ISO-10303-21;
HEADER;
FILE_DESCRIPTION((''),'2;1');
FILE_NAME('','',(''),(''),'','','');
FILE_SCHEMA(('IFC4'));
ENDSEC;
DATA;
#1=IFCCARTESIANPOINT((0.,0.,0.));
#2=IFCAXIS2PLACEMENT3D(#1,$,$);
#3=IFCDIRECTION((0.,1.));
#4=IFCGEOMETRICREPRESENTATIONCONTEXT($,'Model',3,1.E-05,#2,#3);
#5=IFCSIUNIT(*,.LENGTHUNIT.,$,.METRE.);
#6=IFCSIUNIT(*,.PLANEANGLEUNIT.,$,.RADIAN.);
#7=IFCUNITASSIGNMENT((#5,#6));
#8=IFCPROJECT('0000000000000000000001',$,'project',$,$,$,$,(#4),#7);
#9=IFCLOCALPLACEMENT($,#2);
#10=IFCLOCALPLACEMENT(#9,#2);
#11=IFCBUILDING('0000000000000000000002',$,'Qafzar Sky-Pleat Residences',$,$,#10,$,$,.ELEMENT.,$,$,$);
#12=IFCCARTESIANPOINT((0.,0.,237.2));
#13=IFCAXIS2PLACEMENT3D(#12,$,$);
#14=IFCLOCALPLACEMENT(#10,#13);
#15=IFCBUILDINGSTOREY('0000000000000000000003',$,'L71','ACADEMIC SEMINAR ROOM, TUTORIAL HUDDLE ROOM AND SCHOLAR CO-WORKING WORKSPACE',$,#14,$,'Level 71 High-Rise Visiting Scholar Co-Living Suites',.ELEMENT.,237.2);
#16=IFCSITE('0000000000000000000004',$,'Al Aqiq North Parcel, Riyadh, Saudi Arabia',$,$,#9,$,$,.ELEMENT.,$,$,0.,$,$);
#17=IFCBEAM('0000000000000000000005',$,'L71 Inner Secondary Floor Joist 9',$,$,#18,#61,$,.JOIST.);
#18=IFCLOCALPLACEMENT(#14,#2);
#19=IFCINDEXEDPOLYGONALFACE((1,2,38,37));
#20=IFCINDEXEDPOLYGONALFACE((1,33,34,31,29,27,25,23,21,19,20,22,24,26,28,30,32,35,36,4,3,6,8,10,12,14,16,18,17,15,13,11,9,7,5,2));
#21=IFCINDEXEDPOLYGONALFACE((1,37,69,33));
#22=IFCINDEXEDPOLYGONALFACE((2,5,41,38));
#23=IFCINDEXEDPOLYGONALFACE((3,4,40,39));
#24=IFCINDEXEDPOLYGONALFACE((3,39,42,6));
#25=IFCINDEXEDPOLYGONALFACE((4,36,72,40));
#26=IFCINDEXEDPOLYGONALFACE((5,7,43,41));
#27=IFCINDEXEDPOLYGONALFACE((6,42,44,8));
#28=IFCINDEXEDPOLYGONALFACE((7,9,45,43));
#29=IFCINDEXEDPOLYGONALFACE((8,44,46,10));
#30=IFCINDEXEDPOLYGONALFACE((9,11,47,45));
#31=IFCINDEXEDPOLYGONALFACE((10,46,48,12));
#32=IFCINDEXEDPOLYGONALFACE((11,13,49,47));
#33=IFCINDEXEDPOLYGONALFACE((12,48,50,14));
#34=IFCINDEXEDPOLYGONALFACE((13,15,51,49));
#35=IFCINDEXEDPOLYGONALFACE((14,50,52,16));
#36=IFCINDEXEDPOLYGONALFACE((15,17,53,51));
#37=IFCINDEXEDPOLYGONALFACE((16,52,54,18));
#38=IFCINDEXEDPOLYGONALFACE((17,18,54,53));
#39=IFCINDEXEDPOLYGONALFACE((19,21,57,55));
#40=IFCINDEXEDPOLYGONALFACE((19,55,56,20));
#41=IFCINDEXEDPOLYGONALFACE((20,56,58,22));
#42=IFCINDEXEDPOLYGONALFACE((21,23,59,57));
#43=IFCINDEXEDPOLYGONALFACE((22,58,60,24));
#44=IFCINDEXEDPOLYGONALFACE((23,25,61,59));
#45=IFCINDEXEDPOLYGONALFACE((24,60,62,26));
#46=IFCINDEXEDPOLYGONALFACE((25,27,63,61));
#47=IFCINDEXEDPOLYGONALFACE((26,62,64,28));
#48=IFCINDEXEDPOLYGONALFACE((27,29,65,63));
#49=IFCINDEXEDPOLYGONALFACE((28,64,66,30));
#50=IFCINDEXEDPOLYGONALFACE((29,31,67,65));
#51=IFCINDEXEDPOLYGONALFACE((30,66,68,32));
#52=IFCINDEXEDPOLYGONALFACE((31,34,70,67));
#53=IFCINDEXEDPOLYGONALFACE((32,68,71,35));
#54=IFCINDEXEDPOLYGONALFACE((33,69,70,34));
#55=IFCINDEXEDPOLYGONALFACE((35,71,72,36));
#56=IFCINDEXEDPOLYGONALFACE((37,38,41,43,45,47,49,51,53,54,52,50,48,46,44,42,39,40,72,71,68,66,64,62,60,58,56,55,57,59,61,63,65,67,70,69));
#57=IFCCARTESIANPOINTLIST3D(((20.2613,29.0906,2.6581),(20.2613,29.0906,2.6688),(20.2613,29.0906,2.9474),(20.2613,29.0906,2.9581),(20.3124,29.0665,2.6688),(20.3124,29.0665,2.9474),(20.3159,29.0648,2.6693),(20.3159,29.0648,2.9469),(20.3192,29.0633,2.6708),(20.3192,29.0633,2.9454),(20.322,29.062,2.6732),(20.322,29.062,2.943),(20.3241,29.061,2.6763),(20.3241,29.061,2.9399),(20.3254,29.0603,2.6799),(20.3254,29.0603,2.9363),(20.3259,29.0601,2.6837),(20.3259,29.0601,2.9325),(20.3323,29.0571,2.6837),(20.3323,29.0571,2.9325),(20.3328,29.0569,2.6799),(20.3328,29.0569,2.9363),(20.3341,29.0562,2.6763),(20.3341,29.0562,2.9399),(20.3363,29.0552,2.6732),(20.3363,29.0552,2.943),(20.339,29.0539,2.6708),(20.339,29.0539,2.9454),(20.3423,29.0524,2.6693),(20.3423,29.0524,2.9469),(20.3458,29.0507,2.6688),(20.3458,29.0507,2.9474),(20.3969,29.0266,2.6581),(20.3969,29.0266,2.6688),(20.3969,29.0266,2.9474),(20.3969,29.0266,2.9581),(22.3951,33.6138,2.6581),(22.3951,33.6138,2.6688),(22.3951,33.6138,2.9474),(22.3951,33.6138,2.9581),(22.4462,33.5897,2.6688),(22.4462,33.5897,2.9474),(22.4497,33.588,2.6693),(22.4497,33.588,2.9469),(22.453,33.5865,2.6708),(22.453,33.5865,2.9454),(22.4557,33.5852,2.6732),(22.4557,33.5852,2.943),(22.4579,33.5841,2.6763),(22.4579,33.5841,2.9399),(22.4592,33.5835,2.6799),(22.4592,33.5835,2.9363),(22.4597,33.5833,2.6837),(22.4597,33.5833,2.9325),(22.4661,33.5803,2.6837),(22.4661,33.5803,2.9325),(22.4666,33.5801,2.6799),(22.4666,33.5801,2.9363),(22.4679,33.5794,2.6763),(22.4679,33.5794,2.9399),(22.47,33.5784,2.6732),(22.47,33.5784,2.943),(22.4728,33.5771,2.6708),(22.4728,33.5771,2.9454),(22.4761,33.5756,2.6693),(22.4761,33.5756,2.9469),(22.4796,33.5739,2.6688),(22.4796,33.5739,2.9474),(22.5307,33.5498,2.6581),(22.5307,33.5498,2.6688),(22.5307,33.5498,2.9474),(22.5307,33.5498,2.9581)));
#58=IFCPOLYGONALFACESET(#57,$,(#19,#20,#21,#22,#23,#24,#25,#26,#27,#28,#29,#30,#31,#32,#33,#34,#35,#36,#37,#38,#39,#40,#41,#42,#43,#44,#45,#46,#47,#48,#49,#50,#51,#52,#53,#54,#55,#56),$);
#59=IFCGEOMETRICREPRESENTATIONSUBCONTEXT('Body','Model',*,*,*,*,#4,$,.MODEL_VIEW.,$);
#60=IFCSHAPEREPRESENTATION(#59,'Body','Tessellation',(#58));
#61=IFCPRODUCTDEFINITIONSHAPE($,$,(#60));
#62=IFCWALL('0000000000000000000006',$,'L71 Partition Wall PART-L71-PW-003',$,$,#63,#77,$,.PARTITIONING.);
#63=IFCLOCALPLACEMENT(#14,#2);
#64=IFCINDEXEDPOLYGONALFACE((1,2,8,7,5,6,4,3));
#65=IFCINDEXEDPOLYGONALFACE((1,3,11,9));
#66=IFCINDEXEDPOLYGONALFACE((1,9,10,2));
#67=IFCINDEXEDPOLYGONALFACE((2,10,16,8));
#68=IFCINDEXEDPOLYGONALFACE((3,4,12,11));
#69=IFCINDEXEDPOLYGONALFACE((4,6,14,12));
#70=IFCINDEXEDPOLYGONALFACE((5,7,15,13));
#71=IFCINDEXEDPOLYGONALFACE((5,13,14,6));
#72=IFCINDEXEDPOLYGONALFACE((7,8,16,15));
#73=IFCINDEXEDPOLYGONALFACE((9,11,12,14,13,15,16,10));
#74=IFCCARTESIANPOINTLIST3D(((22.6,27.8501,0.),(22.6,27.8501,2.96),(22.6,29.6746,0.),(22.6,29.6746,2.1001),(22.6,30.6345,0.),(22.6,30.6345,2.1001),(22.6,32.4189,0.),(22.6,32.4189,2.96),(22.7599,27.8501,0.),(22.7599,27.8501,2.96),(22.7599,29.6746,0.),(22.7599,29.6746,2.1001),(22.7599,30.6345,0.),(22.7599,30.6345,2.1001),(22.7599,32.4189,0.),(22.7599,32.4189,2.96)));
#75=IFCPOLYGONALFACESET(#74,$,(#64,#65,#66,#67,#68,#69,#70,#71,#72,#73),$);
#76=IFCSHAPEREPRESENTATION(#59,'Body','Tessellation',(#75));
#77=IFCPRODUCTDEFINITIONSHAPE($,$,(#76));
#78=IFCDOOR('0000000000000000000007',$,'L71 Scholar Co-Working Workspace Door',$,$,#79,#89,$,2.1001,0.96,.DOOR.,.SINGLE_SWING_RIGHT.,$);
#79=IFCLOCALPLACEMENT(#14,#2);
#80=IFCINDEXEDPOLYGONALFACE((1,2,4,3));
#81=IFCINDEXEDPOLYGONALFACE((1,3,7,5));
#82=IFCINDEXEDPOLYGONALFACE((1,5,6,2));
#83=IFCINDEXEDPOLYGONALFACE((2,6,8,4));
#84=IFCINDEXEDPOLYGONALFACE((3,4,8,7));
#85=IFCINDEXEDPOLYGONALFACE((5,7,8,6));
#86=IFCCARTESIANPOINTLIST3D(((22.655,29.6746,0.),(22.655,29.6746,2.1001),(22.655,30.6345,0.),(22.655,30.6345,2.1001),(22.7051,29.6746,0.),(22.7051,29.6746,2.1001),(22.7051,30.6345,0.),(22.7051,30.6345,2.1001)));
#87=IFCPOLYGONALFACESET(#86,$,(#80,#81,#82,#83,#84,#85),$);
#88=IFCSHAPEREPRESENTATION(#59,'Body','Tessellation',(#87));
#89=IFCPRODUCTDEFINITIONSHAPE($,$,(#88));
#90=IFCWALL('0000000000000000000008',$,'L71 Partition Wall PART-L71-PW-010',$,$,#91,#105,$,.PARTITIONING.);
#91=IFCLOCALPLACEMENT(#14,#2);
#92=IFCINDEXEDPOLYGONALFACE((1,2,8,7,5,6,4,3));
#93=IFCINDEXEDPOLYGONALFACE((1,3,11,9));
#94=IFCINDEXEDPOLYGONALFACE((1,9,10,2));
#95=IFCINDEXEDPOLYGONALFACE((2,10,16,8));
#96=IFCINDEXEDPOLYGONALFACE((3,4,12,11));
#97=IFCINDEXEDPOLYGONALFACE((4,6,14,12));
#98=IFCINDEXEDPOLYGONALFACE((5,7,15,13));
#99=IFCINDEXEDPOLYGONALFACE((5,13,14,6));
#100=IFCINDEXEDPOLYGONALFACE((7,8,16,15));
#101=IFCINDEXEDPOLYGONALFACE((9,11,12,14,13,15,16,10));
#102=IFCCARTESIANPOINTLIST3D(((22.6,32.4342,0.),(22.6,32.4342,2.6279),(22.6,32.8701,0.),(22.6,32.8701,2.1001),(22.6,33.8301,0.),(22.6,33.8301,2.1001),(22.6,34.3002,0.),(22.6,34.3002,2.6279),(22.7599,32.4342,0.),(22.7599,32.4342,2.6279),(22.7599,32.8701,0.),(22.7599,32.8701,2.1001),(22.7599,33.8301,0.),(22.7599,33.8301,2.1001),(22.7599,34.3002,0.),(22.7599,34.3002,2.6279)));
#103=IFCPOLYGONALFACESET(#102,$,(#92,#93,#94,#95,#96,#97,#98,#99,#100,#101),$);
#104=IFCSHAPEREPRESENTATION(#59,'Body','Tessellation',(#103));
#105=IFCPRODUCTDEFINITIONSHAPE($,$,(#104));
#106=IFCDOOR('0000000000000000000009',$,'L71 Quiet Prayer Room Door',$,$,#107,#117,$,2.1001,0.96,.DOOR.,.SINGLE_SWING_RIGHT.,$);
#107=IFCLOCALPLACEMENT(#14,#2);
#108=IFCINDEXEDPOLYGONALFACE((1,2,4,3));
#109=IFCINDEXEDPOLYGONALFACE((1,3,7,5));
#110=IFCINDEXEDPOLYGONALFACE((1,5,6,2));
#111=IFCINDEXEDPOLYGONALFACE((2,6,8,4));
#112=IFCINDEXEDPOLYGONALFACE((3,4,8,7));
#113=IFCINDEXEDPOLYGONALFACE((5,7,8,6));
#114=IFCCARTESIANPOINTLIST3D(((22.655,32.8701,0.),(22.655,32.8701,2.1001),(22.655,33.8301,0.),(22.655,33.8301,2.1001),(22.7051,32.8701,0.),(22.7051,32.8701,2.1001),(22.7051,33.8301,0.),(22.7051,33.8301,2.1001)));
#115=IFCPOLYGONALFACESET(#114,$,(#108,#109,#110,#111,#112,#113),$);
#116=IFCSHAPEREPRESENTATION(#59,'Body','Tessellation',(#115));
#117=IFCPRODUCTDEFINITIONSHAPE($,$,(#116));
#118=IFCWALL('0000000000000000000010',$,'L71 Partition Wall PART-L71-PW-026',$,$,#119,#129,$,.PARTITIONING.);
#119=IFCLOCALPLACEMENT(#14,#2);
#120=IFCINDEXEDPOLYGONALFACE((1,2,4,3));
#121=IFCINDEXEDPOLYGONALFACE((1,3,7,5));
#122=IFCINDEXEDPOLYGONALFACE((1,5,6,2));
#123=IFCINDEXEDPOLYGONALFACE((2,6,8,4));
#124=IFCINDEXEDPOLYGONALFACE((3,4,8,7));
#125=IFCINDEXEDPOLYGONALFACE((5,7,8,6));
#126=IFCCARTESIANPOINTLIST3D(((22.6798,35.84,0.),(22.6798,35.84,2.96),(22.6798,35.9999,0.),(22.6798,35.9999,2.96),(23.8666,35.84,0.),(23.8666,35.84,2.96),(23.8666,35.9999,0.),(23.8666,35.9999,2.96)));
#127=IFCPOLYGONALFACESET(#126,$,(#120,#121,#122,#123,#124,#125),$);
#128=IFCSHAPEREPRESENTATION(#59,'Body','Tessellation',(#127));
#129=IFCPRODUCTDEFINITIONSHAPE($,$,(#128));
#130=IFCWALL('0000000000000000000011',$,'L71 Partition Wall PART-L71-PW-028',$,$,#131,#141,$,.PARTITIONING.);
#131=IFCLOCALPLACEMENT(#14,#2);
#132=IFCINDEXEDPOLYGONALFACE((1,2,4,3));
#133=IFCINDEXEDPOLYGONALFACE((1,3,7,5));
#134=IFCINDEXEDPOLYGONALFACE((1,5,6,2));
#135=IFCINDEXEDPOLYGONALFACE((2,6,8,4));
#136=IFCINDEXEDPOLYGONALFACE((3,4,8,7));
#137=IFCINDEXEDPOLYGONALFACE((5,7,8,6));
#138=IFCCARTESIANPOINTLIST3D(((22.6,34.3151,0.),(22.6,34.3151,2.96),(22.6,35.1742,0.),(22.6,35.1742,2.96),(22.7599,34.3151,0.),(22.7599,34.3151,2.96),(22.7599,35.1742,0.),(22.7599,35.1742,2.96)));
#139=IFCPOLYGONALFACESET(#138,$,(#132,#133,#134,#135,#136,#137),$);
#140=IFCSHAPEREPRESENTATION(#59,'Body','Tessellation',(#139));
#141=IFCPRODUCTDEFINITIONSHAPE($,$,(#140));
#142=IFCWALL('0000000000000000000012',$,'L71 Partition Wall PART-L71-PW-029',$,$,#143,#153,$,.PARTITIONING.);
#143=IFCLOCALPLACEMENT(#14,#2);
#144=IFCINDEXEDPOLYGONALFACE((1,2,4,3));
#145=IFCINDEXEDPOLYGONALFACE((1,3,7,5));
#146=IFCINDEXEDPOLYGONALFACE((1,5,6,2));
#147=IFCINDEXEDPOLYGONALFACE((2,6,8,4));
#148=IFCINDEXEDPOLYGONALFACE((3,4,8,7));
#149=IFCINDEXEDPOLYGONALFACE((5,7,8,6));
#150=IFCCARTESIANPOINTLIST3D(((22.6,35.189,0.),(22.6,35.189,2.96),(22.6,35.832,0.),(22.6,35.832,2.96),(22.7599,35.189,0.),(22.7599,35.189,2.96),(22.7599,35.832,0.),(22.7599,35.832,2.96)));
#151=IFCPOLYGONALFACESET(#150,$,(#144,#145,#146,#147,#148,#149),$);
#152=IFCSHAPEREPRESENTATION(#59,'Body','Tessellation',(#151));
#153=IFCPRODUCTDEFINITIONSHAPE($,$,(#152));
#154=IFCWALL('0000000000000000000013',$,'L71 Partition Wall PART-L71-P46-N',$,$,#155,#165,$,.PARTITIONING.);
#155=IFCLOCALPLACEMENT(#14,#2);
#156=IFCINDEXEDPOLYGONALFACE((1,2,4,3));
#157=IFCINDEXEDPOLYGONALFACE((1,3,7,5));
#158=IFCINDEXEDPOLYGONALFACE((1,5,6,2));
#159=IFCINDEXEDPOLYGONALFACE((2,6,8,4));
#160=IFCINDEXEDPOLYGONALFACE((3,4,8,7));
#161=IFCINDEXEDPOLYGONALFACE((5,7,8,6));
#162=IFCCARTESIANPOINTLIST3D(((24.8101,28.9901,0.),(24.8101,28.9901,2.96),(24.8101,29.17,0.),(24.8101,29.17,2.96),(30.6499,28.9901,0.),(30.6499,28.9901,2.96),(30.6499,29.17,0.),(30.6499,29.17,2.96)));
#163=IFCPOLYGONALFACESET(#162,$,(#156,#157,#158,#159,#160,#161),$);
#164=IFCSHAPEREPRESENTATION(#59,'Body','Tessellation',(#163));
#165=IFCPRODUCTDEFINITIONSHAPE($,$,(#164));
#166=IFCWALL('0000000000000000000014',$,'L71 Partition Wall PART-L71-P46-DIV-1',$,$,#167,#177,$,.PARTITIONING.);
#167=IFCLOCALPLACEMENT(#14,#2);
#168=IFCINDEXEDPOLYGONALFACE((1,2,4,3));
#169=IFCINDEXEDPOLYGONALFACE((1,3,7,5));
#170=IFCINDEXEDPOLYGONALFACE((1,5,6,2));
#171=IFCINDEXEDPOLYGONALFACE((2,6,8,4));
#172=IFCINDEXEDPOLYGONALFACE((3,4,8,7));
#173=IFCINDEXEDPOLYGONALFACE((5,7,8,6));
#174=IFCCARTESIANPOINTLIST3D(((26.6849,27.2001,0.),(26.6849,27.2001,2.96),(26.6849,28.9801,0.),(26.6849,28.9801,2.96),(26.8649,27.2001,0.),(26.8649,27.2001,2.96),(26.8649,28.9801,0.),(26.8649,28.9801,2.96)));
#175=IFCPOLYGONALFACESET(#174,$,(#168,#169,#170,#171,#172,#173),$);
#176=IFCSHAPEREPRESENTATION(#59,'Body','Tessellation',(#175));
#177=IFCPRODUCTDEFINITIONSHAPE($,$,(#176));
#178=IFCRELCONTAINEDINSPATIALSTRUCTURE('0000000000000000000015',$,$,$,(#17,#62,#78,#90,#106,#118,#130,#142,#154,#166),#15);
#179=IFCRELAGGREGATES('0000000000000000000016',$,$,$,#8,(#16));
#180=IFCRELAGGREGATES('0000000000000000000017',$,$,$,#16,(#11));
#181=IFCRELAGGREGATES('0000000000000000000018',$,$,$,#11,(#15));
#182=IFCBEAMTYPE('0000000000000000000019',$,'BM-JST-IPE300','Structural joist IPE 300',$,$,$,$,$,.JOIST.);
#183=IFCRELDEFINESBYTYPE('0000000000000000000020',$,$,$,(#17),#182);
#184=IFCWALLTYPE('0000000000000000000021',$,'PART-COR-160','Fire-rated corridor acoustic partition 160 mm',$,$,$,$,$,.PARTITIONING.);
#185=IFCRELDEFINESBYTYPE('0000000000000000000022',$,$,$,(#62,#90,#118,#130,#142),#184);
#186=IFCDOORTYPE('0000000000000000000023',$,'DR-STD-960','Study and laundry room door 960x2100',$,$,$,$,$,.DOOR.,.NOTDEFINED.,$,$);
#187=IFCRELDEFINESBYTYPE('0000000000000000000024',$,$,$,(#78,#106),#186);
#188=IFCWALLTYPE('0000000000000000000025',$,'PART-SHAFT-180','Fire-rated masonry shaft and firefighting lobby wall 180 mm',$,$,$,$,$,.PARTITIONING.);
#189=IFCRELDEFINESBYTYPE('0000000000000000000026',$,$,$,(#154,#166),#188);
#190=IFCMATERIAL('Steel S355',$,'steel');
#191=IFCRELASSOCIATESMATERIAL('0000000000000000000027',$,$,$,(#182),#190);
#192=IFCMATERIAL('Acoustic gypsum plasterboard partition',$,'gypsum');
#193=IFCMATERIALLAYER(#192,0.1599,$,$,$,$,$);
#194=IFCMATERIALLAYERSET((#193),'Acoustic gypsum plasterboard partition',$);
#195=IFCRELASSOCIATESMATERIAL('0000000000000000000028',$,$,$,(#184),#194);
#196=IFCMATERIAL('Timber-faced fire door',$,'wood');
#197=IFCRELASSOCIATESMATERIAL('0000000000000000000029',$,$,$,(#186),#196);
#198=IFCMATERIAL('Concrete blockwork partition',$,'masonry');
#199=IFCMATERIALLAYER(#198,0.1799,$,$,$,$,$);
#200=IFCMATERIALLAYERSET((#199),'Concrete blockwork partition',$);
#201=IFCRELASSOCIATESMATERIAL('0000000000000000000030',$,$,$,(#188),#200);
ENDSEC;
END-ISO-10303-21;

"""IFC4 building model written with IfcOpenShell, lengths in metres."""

from ifc_helpers import new_model, si_unit, direction, frame, frame_2d, origin, origin_2d, place, context, subcontext, project, spatial, rectangle, i_section, extrude, source, transform, mapped, material, layer, layer_set, material_profile, profile_set, type_object, element, fill, save


model = new_model("IFC4")

# Units and contexts
model_context = context("Model", 3, precision=1e-05, world=origin(), true_north=direction((0.0, 1.0)))
body_context = subcontext(model_context, "Body", "Model", "MODEL_VIEW")
ifc_project = project(units=[si_unit("LENGTHUNIT", "METRE"), si_unit("PLANEANGLEUNIT", "RADIAN")], contexts=[model_context])

# Site, building, storey
site_placement = place(None, origin())
site = spatial("IfcSite", under=ifc_project, at=site_placement, Name="Al Aqiq North Parcel, Riyadh, Saudi Arabia", CompositionType="ELEMENT", RefElevation=0.0)
building_placement = place(site_placement, origin())
building = spatial("IfcBuilding", under=site, at=building_placement, Name="Qafzar Sky-Pleat Residences", CompositionType="ELEMENT")
storey_placement = place(building_placement, frame((0.0, 0.0, 237.2)))
storey = spatial("IfcBuildingStorey", under=building, at=storey_placement, Name="L71", Description="ACADEMIC SEMINAR ROOM, TUTORIAL HUDDLE ROOM AND SCHOLAR CO-WORKING WORKSPACE", LongName="Level 71 High-Rise Visiting Scholar Co-Living Suites", CompositionType="ELEMENT", Elevation=237.2)

# Beam
ifc_material_1 = material(Name="Steel S355", Category="steel")
ifc_material_profile = material_profile(ifc_material_1, i_section(OverallWidth=0.1499, OverallDepth=0.3, WebThickness=0.0071, FlangeThickness=0.0107, FilletRadius=0.0149, at=origin_2d()), Name="IPE 300")
ifc_profile_set = profile_set([ifc_material_profile], Name="Steel S355")
beam_type = type_object("IfcBeamType", Name="BM-JST-IPE300", Description="Structural joist IPE 300", PredefinedType="JOIST", material=ifc_profile_set)
shared_shape_1 = source(origin(), body_context, "Body", "SweptSolid", [
    extrude(i_section(OverallWidth=0.1499, OverallDepth=0.3, WebThickness=0.0071, FlangeThickness=0.0107, FilletRadius=0.0149, at=origin_2d()), origin(), (0.0, 0.0, 1.0), 5.0012),
])
beam_placement = place(storey_placement, frame((22.4629, 33.5818, 2.8081), z_axis=(-0.426653, -0.904416, 0.0), x_axis=(0.904416, -0.426653, 0.0)))
element("IfcBeam", 1, at=beam_placement, inside=storey, type_object=beam_type, Name="L71 Inner Secondary Floor Joist 9", PredefinedType="JOIST", context=body_context, shape_type="MappedRepresentation", body=[
    mapped(shared_shape_1, transform((0.0, 0.0, 0.0), x_axis=(1.0, 0.0, 0.0), y_axis=(0.0, 1.0, 0.0), z_axis=(0.0, 0.0, 1.0), scale=1.0)),
])

# Walls, openings, doors
ifc_material_2 = material(Name="Acoustic gypsum plasterboard partition", Category="gypsum")
ifc_layer_1 = layer(ifc_material_2, 0.1599)
ifc_layer_set_1 = layer_set([ifc_layer_1], Name="Acoustic gypsum plasterboard partition")
wall_type_1 = type_object("IfcWallType", Name="PART-COR-160", Description="Fire-rated corridor acoustic partition 160 mm", PredefinedType="PARTITIONING", material=ifc_layer_set_1)
wall_1_placement = place(storey_placement, frame((22.6799, 27.8501, 0.0), z_axis=(0.0, 0.0, 1.0), x_axis=(0.0, 1.0, 0.0)))
wall_1 = element("IfcWall", 2, at=wall_1_placement, inside=storey, type_object=wall_type_1, Name="L71 Partition Wall PART-L71-PW-003", PredefinedType="PARTITIONING", context=body_context, shape_type="SweptSolid", body=[
    extrude(rectangle(XDim=4.5688, YDim=0.1599, at=frame_2d((2.2844, 0.0))), origin(), (0.0, 0.0, 1.0), 2.96),
])
opening_1_placement = place(wall_1_placement, frame((1.8245, 0.0, 0.0)))
opening_1 = element("IfcOpeningElement", 3, at=opening_1_placement, cuts=wall_1, PredefinedType="OPENING", context=body_context, shape_type="SweptSolid", body=[
    extrude(rectangle(XDim=0.96, YDim=2.1001, at=frame_2d((0.48, 1.05))), frame((0.0, 0.0898, 0.0), z_axis=(0.0, -1.0, 0.0), x_axis=(1.0, 0.0, 0.0)), (0.0, 0.0, 1.0), 0.1799),
])
ifc_material_3 = material(Name="Timber-faced fire door", Category="wood")
door_type_1 = type_object("IfcDoorType", Name="DR-STD-960", Description="Study and laundry room door 960x2100", OperationType="NOTDEFINED", PredefinedType="DOOR", material=ifc_material_3)
shared_shape_2 = source(origin(), body_context, "Body", "SweptSolid", [
    extrude(rectangle(XDim=0.96, YDim=2.1001, at=frame_2d((0.48, 1.05))), frame((0.0, 0.0249, 0.0), z_axis=(0.0, -1.0, 0.0), x_axis=(1.0, 0.0, 0.0)), (0.0, 0.0, 1.0), 0.05),
])
door_1_placement = place(opening_1_placement, origin())
door_1 = element("IfcDoor", 4, at=door_1_placement, inside=storey, type_object=door_type_1, Name="L71 Scholar Co-Working Workspace Door", OperationType="SINGLE_SWING_RIGHT", OverallHeight=2.1001, OverallWidth=0.96, PredefinedType="DOOR", context=body_context, shape_type="MappedRepresentation", body=[
    mapped(shared_shape_2, transform((0.0, 0.0, 0.0), x_axis=(1.0, 0.0, 0.0), y_axis=(0.0, 1.0, 0.0), z_axis=(0.0, 0.0, 1.0), scale=1.0)),
])
fill(opening_1, door_1)
wall_2_placement = place(storey_placement, frame((22.6799, 32.4341, 0.0), z_axis=(0.0, 0.0, 1.0), x_axis=(0.0, 1.0, 0.0)))
wall_2 = element("IfcWall", 5, at=wall_2_placement, inside=storey, type_object=wall_type_1, Name="L71 Partition Wall PART-L71-PW-010", PredefinedType="PARTITIONING", context=body_context, shape_type="SweptSolid", body=[
    extrude(rectangle(XDim=1.866, YDim=0.1599, at=frame_2d((0.9331, 0.0))), origin(), (0.0, 0.0, 1.0), 2.6279),
])
opening_2_placement = place(wall_2_placement, frame((0.436, 0.0, 0.0)))
opening_2 = element("IfcOpeningElement", 6, at=opening_2_placement, cuts=wall_2, PredefinedType="OPENING", context=body_context, shape_type="SweptSolid", body=[
    extrude(rectangle(XDim=0.96, YDim=2.1001, at=frame_2d((0.48, 1.05))), frame((0.0, 0.0898, 0.0), z_axis=(0.0, -1.0, 0.0), x_axis=(1.0, 0.0, 0.0)), (0.0, 0.0, 1.0), 0.1799),
])
door_2_placement = place(opening_2_placement, origin())
door_2 = element("IfcDoor", 7, at=door_2_placement, inside=storey, type_object=door_type_1, Name="L71 Quiet Prayer Room Door", OperationType="SINGLE_SWING_RIGHT", OverallHeight=2.1001, OverallWidth=0.96, PredefinedType="DOOR", context=body_context, shape_type="MappedRepresentation", body=[
    mapped(shared_shape_2, transform((0.0, 0.0, 0.0), x_axis=(1.0, 0.0, 0.0), y_axis=(0.0, 1.0, 0.0), z_axis=(0.0, 0.0, 1.0), scale=1.0)),
])
fill(opening_2, door_2)

# Walls
wall_3_placement = place(storey_placement, frame((22.6799, 35.9199, 0.0), z_axis=(0.0, 0.0, 1.0), x_axis=(1.0, 0.0, 0.0)))
element("IfcWall", 8, at=wall_3_placement, inside=storey, type_object=wall_type_1, Name="L71 Partition Wall PART-L71-PW-026", PredefinedType="PARTITIONING", context=body_context, shape_type="SweptSolid", body=[
    extrude(rectangle(XDim=1.1868, YDim=0.1599, at=frame_2d((0.5933, 0.0))), origin(), (0.0, 0.0, 1.0), 2.96),
])
wall_4_placement = place(storey_placement, frame((22.6799, 34.3149, 0.0), z_axis=(0.0, 0.0, 1.0), x_axis=(0.0, 1.0, 0.0)))
element("IfcWall", 9, at=wall_4_placement, inside=storey, type_object=wall_type_1, Name="L71 Partition Wall PART-L71-PW-028", PredefinedType="PARTITIONING", context=body_context, shape_type="SweptSolid", body=[
    extrude(rectangle(XDim=0.8591, YDim=0.1599, at=frame_2d((0.4297, 0.0))), origin(), (0.0, 0.0, 1.0), 2.96),
])
wall_5_placement = place(storey_placement, frame((22.6799, 35.189, 0.0), z_axis=(0.0, 0.0, 1.0), x_axis=(0.0, 1.0, 0.0)))
element("IfcWall", 10, at=wall_5_placement, inside=storey, type_object=wall_type_1, Name="L71 Partition Wall PART-L71-PW-029", PredefinedType="PARTITIONING", context=body_context, shape_type="SweptSolid", body=[
    extrude(rectangle(XDim=0.6431, YDim=0.1599, at=frame_2d((0.3215, 0.0))), origin(), (0.0, 0.0, 1.0), 2.96),
])
ifc_material_4 = material(Name="Concrete blockwork partition", Category="masonry")
ifc_layer_2 = layer(ifc_material_4, 0.1799)
ifc_layer_set_2 = layer_set([ifc_layer_2], Name="Concrete blockwork partition")
wall_type_2 = type_object("IfcWallType", Name="PART-SHAFT-180", Description="Fire-rated masonry shaft and firefighting lobby wall 180 mm", PredefinedType="PARTITIONING", material=ifc_layer_set_2)
wall_6_placement = place(storey_placement, frame((24.8101, 29.0801, 0.0), z_axis=(0.0, 0.0, 1.0), x_axis=(1.0, 0.0, 0.0)))
element("IfcWall", 11, at=wall_6_placement, inside=storey, type_object=wall_type_2, Name="L71 Partition Wall PART-L71-P46-N", PredefinedType="PARTITIONING", context=body_context, shape_type="SweptSolid", body=[
    extrude(rectangle(XDim=5.8398, YDim=0.1799, at=frame_2d((2.9199, 0.0))), origin(), (0.0, 0.0, 1.0), 2.96),
])

# Wall
wall_7_placement = place(storey_placement, frame((26.7749, 27.2, 0.0), z_axis=(0.0, 0.0, 1.0), x_axis=(0.0, 1.0, 0.0)))
element("IfcWall", 12, at=wall_7_placement, inside=storey, type_object=wall_type_2, Name="L71 Partition Wall PART-L71-P46-DIV-1", PredefinedType="PARTITIONING", context=body_context, shape_type="SweptSolid", body=[
    extrude(rectangle(XDim=1.78, YDim=0.1799, at=frame_2d((0.8901, 0.0))), origin(), (0.0, 0.0, 1.0), 2.96),
])

save(model, "model.ifc")
